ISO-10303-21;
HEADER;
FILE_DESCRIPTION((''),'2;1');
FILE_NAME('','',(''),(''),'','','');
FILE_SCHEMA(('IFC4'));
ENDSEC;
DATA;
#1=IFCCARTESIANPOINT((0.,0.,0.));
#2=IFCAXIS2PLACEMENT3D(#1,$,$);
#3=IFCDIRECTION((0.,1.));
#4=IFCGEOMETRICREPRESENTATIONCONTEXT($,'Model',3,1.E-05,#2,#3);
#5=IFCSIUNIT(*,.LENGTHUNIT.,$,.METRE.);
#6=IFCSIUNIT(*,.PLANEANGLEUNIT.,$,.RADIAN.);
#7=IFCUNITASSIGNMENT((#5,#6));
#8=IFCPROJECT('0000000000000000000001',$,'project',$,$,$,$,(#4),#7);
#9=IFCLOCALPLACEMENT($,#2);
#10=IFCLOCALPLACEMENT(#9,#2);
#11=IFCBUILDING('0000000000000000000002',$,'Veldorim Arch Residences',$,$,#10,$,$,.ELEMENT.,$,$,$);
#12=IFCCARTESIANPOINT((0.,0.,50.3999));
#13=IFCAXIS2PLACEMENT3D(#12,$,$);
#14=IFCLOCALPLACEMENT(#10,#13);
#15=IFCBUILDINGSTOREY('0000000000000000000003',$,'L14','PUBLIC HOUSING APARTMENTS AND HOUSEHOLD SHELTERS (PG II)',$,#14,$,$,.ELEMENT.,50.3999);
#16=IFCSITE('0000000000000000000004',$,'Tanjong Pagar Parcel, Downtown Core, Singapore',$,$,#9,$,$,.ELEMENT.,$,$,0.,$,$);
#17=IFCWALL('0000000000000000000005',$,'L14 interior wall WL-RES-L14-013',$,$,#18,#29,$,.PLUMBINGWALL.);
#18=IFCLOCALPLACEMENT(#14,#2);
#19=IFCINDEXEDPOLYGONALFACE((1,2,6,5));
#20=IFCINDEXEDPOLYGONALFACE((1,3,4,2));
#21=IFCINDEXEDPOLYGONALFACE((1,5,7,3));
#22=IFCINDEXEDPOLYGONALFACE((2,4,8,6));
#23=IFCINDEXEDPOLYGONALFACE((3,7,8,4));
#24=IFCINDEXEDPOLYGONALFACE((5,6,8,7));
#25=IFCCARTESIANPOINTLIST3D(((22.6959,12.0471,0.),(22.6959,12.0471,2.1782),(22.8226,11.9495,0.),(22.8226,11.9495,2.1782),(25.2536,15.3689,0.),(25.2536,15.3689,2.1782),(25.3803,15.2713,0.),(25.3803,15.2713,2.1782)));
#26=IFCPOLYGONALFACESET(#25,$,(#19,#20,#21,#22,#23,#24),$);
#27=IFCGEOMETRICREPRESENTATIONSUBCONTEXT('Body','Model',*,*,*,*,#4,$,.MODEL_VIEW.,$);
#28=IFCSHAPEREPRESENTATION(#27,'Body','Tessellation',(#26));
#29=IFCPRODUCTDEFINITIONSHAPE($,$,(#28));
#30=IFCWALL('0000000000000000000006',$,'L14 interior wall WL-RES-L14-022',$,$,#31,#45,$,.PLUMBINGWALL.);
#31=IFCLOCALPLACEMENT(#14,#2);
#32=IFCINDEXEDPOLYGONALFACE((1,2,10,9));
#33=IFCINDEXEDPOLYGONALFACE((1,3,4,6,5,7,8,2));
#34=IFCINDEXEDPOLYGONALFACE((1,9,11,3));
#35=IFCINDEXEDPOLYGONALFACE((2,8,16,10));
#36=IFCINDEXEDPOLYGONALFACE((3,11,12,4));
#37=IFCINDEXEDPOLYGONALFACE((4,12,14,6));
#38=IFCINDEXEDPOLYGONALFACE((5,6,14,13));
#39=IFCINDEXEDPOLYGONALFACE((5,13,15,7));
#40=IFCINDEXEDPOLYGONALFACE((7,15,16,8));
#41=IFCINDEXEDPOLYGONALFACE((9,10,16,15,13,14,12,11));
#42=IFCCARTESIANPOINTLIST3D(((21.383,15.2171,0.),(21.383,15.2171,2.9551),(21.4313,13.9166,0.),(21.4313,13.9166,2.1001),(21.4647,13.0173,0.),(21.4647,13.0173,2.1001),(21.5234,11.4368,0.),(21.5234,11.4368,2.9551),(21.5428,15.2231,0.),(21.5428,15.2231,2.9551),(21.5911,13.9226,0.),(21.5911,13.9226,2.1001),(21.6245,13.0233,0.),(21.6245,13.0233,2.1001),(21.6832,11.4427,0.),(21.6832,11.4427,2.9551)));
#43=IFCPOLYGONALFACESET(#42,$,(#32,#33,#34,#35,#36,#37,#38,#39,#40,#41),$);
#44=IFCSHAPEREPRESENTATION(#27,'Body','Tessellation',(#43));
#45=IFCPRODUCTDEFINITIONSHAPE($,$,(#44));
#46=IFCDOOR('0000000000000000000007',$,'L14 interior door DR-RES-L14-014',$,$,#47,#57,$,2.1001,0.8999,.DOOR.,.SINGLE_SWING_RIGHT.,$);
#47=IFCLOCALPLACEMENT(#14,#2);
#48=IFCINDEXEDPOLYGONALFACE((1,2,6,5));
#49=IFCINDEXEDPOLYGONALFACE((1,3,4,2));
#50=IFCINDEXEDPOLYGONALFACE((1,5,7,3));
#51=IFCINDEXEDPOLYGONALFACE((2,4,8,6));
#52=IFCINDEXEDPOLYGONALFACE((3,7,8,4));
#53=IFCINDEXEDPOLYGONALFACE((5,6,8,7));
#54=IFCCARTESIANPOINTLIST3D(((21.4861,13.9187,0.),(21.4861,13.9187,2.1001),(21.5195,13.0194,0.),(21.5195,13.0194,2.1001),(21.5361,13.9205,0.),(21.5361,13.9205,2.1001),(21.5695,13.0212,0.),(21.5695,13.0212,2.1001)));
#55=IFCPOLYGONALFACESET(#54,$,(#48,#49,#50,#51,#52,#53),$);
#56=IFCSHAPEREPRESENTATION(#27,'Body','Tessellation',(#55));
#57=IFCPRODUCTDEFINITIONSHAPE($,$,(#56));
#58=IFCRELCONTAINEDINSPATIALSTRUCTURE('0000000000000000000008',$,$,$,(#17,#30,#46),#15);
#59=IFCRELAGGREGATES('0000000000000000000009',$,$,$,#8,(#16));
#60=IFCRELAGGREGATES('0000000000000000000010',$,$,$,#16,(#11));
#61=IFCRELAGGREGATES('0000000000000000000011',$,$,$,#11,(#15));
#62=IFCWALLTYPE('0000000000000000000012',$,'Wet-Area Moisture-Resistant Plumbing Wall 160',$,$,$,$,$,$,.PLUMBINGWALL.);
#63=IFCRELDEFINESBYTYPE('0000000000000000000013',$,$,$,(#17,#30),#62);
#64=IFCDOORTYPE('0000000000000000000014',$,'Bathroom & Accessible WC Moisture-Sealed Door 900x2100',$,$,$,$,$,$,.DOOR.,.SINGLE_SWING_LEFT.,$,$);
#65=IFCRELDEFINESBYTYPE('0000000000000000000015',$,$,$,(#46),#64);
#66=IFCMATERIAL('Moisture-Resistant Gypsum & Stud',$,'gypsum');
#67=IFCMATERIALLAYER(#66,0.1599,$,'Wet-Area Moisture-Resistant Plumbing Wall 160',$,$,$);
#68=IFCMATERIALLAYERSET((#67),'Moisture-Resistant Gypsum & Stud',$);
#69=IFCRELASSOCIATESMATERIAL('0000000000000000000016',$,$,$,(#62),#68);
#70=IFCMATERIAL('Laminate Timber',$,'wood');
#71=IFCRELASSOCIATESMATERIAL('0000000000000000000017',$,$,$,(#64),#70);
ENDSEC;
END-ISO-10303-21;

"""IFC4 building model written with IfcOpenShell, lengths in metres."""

from ifc_helpers import new_model, si_unit, direction, frame, frame_2d, origin, place, context, subcontext, project, spatial, rectangle, extrude, material, layer, layer_set, type_object, element, fill, save


model = new_model("IFC4")

# Units and contexts
model_context = context("Model", 3, precision=1e-05, world=origin(), true_north=direction((0.0, 1.0)))
body_context = subcontext(model_context, "Body", "Model", "MODEL_VIEW")
ifc_project = project(units=[si_unit("LENGTHUNIT", "METRE"), si_unit("PLANEANGLEUNIT", "RADIAN")], contexts=[model_context])

# Site, building, storey
site_placement = place(None, origin())
site = spatial("IfcSite", under=ifc_project, at=site_placement, Name="Tanjong Pagar Parcel, Downtown Core, Singapore", CompositionType="ELEMENT", RefElevation=0.0)
building_placement = place(site_placement, origin())
building = spatial("IfcBuilding", under=site, at=building_placement, Name="Veldorim Arch Residences", CompositionType="ELEMENT")
storey_placement = place(building_placement, frame((0.0, 0.0, 50.3999)))
storey = spatial("IfcBuildingStorey", under=building, at=storey_placement, Name="L14", Description="PUBLIC HOUSING APARTMENTS AND HOUSEHOLD SHELTERS (PG II)", CompositionType="ELEMENT", Elevation=50.3999)

# Wall
ifc_material_1 = material(Name="Moisture-Resistant Gypsum & Stud", Category="gypsum")
ifc_layer_1 = layer(ifc_material_1, 0.1599, Name="Wet-Area Moisture-Resistant Plumbing Wall 160")
ifc_layer_set_1 = layer_set([ifc_layer_1], Name="Moisture-Resistant Gypsum & Stud")
wall_type_1 = type_object("IfcWallType", Name="Wet-Area Moisture-Resistant Plumbing Wall 160", PredefinedType="PLUMBINGWALL", material=ifc_layer_set_1)
wall_1_placement = place(storey_placement, frame((22.7593, 11.9983, 0.0), z_axis=(0.0, 0.0, 1.0), x_axis=(0.610071, 0.792347, 0.0)))
element("IfcWall", 1, at=wall_1_placement, inside=storey, type_object=wall_type_1, Name="L14 interior wall WL-RES-L14-013", PredefinedType="PLUMBINGWALL", context=body_context, shape_type="SweptSolid", body=[
    extrude(rectangle(XDim=4.1924, YDim=0.1599, at=frame_2d((2.0962, 0.0))), origin(), (0.0, 0.0, 1.0), 2.1782),
])

# Wall, opening, door
wall_2_placement = place(storey_placement, frame((21.4629, 15.2202, 0.0), z_axis=(0.0, 0.0, 1.0), x_axis=(0.03711, -0.999311, 0.0)))
wall_2 = element("IfcWall", 2, at=wall_2_placement, inside=storey, type_object=wall_type_1, Name="L14 interior wall WL-RES-L14-022", PredefinedType="PLUMBINGWALL", context=body_context, shape_type="SweptSolid", body=[
    extrude(rectangle(XDim=3.783, YDim=0.1599, at=frame_2d((1.8916, 0.0))), origin(), (0.0, 0.0, 1.0), 2.9551),
])
opening_1_placement = place(wall_2_placement, frame((1.3015, 0.0, 0.0)))
opening_1 = element("IfcOpeningElement", 3, at=opening_1_placement, cuts=wall_2, PredefinedType="OPENING", context=body_context, shape_type="SweptSolid", body=[
    extrude(rectangle(XDim=0.8999, YDim=2.1001, at=frame_2d((0.45, 1.05))), frame((0.0, 0.0898, 0.0), z_axis=(0.0, -1.0, 0.0), x_axis=(1.0, 0.0, 0.0)), (0.0, 0.0, 1.0), 0.1799),
])
ifc_material_2 = material(Name="Laminate Timber", Category="wood")
door_type_1 = type_object("IfcDoorType", Name="Bathroom & Accessible WC Moisture-Sealed Door 900x2100", OperationType="SINGLE_SWING_LEFT", PredefinedType="DOOR", material=ifc_material_2)
door_1_placement = place(opening_1_placement, origin())
door_1 = element("IfcDoor", 4, at=door_1_placement, inside=storey, type_object=door_type_1, Name="L14 interior door DR-RES-L14-014", OperationType="SINGLE_SWING_RIGHT", OverallHeight=2.1001, OverallWidth=0.8999, PredefinedType="DOOR", context=body_context, shape_type="SweptSolid", body=[
    extrude(rectangle(XDim=0.8999, YDim=2.1001, at=frame_2d((0.45, 1.05))), frame((0.0, 0.0249, 0.0), z_axis=(0.0, -1.0, 0.0), x_axis=(1.0, 0.0, 0.0)), (0.0, 0.0, 1.0), 0.05),
])
fill(opening_1, door_1)

save(model, "model.ifc")
